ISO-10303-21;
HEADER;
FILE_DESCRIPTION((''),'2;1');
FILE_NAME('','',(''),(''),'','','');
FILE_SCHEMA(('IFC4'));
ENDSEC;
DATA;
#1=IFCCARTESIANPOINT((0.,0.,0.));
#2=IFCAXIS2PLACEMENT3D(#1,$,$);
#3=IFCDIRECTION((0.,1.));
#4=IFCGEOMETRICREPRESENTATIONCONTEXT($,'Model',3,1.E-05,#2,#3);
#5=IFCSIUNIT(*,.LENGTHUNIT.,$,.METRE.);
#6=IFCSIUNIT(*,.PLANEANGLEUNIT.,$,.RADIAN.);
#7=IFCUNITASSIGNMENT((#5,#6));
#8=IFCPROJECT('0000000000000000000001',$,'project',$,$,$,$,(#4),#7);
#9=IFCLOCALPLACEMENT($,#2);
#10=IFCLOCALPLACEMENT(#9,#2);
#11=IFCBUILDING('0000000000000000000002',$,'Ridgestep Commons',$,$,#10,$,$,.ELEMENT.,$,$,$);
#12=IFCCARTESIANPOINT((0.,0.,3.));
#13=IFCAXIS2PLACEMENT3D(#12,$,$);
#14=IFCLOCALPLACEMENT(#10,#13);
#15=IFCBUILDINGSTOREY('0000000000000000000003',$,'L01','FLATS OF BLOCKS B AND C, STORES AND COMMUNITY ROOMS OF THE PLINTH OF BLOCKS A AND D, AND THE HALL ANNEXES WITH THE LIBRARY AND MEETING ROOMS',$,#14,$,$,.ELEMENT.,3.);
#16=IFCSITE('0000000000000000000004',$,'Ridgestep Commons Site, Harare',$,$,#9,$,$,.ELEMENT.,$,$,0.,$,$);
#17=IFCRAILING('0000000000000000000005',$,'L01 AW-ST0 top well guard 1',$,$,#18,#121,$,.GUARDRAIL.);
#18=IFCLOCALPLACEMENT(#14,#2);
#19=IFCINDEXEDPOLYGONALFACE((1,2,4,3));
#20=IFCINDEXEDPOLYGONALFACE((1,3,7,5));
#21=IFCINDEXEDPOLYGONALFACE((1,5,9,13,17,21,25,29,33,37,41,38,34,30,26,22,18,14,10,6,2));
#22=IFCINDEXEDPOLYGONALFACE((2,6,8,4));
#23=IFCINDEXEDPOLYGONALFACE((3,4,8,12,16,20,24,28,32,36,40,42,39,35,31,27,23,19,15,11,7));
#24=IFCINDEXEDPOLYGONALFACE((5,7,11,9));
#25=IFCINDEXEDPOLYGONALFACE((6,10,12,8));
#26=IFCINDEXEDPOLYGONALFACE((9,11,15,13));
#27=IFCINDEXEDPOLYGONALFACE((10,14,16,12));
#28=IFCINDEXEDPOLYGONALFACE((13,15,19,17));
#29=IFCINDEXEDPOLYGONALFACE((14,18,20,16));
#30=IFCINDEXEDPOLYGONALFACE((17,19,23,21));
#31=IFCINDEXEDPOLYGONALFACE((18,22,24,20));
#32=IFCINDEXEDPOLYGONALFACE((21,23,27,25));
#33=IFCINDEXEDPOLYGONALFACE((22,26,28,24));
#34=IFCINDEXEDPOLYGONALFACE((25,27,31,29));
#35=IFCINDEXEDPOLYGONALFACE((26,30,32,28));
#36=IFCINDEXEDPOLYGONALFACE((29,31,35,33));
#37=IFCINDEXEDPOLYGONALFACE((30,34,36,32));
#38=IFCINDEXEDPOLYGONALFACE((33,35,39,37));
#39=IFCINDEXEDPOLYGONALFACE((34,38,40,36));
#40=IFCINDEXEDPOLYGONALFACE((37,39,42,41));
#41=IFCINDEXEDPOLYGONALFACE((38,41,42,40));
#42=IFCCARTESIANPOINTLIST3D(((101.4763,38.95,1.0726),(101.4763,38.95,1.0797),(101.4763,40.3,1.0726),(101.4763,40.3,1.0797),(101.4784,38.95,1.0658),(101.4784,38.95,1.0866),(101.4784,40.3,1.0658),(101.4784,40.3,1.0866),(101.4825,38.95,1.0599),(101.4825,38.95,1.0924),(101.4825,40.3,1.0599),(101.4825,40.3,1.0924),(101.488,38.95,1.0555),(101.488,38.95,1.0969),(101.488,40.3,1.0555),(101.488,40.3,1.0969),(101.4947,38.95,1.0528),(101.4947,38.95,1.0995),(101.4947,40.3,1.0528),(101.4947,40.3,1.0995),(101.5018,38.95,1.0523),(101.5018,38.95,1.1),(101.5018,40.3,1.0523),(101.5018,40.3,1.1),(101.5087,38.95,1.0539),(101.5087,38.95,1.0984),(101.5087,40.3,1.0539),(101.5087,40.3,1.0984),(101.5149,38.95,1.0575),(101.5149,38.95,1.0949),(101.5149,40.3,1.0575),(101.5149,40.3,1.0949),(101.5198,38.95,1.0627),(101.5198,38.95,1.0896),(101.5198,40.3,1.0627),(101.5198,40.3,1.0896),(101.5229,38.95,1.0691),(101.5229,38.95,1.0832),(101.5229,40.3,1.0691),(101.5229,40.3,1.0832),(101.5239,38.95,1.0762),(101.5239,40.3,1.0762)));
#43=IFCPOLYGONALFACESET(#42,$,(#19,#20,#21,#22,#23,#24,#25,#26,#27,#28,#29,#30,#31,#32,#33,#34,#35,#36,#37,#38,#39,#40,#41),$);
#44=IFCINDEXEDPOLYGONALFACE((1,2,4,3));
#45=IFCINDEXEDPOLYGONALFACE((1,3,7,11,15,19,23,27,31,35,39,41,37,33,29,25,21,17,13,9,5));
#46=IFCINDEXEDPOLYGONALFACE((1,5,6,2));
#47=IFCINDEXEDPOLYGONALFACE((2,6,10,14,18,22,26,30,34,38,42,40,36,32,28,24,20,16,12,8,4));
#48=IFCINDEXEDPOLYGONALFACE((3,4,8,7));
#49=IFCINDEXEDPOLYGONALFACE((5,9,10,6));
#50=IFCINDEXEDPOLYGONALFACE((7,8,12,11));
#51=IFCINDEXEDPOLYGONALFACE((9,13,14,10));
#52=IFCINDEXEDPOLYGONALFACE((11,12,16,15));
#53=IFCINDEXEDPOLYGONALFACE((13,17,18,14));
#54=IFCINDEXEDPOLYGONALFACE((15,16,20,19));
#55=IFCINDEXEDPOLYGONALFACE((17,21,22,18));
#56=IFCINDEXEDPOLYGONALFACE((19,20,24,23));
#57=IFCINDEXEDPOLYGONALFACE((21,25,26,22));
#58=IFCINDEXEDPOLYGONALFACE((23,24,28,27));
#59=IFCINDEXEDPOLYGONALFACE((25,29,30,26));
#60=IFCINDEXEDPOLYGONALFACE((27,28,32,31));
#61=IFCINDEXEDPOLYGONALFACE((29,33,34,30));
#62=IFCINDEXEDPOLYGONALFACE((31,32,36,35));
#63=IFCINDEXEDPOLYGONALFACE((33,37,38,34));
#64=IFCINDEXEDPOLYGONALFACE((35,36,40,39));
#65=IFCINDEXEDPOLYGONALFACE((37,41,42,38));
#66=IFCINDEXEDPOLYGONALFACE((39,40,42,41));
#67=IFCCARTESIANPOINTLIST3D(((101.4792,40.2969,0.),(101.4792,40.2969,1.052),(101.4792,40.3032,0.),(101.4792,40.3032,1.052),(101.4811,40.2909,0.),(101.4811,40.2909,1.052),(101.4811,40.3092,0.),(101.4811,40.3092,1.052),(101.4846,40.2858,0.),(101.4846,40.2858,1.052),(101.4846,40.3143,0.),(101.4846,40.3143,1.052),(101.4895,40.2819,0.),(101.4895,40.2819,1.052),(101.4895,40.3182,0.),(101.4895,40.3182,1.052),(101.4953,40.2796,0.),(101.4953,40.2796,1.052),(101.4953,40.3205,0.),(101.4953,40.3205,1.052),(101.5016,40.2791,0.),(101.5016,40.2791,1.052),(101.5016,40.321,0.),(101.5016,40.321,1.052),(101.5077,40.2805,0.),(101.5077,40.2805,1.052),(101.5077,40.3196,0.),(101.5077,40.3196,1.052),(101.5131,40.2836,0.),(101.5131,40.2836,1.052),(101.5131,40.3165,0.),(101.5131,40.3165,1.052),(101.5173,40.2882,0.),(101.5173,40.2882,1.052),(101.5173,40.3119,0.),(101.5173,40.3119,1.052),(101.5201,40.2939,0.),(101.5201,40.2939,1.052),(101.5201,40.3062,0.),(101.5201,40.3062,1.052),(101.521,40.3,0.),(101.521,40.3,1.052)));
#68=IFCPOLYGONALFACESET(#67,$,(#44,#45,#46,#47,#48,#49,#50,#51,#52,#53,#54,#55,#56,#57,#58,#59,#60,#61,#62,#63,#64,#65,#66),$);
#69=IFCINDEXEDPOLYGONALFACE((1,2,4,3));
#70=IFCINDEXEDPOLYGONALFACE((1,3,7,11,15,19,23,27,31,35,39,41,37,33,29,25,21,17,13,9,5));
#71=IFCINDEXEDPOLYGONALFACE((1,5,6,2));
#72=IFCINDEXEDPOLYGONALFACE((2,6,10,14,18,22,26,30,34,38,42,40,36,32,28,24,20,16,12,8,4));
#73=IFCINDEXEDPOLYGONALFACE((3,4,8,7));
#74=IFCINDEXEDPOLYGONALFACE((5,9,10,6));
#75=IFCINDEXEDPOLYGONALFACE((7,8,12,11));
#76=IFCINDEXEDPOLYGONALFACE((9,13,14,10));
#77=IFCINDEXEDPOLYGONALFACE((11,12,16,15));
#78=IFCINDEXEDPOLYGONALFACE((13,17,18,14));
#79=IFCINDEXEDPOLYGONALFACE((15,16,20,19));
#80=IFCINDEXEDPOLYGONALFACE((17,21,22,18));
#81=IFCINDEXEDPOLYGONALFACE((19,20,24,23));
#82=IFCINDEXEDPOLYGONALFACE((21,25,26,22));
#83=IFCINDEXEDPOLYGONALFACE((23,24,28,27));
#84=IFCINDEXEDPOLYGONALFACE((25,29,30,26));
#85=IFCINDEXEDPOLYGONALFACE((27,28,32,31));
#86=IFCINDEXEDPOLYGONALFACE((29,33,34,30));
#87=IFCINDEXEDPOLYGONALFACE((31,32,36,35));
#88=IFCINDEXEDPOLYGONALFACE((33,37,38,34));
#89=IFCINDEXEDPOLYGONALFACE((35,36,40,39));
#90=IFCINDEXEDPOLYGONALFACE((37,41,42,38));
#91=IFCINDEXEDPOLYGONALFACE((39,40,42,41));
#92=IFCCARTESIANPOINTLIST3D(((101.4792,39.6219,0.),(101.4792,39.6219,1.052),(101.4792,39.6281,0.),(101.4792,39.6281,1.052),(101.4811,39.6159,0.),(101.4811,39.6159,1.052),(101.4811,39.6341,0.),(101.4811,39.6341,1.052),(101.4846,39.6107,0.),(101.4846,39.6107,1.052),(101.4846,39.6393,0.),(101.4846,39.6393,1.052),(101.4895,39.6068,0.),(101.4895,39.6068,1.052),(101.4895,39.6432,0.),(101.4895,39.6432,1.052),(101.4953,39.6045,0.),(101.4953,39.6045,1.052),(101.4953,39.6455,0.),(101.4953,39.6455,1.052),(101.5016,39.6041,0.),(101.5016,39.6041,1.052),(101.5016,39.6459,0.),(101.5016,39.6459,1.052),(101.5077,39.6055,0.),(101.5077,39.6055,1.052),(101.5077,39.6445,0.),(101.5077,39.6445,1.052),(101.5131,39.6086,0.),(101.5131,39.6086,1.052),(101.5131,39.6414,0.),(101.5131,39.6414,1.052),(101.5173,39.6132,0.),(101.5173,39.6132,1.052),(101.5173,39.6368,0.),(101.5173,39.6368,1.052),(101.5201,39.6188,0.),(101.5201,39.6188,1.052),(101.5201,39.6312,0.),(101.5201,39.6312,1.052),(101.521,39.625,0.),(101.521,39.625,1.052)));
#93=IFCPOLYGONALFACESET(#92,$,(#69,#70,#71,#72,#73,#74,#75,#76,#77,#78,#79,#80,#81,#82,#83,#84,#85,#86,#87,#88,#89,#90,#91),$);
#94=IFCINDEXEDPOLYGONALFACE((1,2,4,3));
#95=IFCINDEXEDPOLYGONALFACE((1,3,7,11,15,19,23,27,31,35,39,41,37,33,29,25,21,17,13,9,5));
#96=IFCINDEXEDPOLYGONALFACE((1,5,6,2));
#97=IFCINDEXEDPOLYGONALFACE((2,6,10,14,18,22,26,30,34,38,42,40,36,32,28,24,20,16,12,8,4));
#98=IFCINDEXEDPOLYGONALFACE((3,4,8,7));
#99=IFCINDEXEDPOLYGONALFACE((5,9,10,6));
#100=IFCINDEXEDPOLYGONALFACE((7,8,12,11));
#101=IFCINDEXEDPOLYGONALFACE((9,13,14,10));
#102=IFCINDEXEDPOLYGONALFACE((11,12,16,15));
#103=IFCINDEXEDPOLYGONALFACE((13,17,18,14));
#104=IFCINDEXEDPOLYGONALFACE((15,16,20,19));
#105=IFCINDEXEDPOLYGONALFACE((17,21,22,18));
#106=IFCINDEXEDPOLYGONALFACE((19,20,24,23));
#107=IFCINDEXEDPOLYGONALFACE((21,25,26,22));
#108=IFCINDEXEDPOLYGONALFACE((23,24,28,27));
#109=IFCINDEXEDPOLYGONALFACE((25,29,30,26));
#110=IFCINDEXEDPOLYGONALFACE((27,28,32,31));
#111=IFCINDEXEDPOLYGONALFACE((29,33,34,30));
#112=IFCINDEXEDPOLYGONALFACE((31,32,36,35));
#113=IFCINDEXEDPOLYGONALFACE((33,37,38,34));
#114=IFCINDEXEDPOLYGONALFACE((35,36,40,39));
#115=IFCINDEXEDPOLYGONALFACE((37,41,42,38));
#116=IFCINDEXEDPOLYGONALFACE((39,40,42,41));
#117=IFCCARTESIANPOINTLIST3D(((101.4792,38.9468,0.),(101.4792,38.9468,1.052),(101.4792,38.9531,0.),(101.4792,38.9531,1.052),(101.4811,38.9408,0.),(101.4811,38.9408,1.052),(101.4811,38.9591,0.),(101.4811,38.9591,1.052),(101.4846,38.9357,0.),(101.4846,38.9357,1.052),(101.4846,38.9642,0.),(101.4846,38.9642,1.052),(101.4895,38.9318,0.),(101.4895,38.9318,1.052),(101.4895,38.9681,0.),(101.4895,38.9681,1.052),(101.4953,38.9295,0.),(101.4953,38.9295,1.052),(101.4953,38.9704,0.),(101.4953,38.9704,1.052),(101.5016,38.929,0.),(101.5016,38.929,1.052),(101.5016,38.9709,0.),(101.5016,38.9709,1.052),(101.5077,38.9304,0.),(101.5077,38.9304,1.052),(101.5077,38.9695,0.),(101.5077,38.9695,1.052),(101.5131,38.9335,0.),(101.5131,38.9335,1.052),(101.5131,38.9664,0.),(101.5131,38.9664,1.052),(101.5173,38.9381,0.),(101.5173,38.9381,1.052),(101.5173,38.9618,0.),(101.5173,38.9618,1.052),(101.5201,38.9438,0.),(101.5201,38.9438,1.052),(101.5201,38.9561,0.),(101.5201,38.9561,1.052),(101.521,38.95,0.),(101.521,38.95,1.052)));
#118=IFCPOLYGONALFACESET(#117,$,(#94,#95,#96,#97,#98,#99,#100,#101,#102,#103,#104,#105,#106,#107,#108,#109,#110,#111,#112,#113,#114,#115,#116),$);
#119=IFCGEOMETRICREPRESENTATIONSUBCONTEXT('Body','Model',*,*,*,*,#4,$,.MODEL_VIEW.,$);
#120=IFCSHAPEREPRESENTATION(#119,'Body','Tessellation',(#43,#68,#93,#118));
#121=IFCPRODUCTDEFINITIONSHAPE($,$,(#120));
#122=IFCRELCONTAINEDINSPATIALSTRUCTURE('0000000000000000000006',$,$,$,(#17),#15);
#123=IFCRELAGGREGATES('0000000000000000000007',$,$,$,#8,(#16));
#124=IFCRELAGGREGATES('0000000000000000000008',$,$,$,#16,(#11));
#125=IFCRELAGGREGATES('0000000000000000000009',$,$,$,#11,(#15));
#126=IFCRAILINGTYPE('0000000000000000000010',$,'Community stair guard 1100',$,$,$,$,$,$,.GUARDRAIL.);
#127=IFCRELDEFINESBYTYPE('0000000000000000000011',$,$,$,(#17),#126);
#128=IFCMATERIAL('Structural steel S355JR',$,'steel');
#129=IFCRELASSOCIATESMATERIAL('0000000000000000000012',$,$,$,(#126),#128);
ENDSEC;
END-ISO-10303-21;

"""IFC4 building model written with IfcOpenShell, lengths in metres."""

from ifc_helpers import new_model, si_unit, direction, frame, origin, origin_2d, place, context, subcontext, project, spatial, circle, extrude, material, type_object, element, save


model = new_model("IFC4")

# Units and contexts
model_context = context("Model", 3, precision=1e-05, world=origin(), true_north=direction((0.0, 1.0)))
body_context = subcontext(model_context, "Body", "Model", "MODEL_VIEW")
ifc_project = project(units=[si_unit("LENGTHUNIT", "METRE"), si_unit("PLANEANGLEUNIT", "RADIAN")], contexts=[model_context])

# Site, building, storey
site_placement = place(None, origin())
site = spatial("IfcSite", under=ifc_project, at=site_placement, Name="Ridgestep Commons Site, Harare", CompositionType="ELEMENT", RefElevation=0.0)
building_placement = place(site_placement, origin())
building = spatial("IfcBuilding", under=site, at=building_placement, Name="Ridgestep Commons", CompositionType="ELEMENT")
storey_placement = place(building_placement, frame((0.0, 0.0, 3.0)))
storey = spatial("IfcBuildingStorey", under=building, at=storey_placement, Name="L01", Description="FLATS OF BLOCKS B AND C, STORES AND COMMUNITY ROOMS OF THE PLINTH OF BLOCKS A AND D, AND THE HALL ANNEXES WITH THE LIBRARY AND MEETING ROOMS", CompositionType="ELEMENT", Elevation=3.0)

# Railing
ifc_material_1 = material(Name="Structural steel S355JR", Category="steel")
railing_type = type_object("IfcRailingType", Name="Community stair guard 1100", PredefinedType="GUARDRAIL", material=ifc_material_1)
railing_placement = place(storey_placement, frame((101.5, 40.3, 0.0)))
element("IfcRailing", 1, at=railing_placement, inside=storey, type_object=railing_type, Name="L01 AW-ST0 top well guard 1", PredefinedType="GUARDRAIL", context=body_context, shape_type="SweptSolid", body=[
    extrude(circle(Radius=0.0239, at=origin_2d()), frame((0.0, 0.0, 1.0762), z_axis=(0.0, -1.0, 0.0), x_axis=(1.0, 0.0, 0.0)), (0.0, 0.0, 1.0), 1.3501),
    extrude(circle(Radius=0.021, at=origin_2d()), origin(), (0.0, 0.0, 1.0), 1.052),
    extrude(circle(Radius=0.021, at=origin_2d()), frame((0.0, -0.675, 0.0)), (0.0, 0.0, 1.0), 1.052),
    extrude(circle(Radius=0.021, at=origin_2d()), frame((0.0, -1.3501, 0.0)), (0.0, 0.0, 1.0), 1.052),
])

save(model, "model.ifc")
